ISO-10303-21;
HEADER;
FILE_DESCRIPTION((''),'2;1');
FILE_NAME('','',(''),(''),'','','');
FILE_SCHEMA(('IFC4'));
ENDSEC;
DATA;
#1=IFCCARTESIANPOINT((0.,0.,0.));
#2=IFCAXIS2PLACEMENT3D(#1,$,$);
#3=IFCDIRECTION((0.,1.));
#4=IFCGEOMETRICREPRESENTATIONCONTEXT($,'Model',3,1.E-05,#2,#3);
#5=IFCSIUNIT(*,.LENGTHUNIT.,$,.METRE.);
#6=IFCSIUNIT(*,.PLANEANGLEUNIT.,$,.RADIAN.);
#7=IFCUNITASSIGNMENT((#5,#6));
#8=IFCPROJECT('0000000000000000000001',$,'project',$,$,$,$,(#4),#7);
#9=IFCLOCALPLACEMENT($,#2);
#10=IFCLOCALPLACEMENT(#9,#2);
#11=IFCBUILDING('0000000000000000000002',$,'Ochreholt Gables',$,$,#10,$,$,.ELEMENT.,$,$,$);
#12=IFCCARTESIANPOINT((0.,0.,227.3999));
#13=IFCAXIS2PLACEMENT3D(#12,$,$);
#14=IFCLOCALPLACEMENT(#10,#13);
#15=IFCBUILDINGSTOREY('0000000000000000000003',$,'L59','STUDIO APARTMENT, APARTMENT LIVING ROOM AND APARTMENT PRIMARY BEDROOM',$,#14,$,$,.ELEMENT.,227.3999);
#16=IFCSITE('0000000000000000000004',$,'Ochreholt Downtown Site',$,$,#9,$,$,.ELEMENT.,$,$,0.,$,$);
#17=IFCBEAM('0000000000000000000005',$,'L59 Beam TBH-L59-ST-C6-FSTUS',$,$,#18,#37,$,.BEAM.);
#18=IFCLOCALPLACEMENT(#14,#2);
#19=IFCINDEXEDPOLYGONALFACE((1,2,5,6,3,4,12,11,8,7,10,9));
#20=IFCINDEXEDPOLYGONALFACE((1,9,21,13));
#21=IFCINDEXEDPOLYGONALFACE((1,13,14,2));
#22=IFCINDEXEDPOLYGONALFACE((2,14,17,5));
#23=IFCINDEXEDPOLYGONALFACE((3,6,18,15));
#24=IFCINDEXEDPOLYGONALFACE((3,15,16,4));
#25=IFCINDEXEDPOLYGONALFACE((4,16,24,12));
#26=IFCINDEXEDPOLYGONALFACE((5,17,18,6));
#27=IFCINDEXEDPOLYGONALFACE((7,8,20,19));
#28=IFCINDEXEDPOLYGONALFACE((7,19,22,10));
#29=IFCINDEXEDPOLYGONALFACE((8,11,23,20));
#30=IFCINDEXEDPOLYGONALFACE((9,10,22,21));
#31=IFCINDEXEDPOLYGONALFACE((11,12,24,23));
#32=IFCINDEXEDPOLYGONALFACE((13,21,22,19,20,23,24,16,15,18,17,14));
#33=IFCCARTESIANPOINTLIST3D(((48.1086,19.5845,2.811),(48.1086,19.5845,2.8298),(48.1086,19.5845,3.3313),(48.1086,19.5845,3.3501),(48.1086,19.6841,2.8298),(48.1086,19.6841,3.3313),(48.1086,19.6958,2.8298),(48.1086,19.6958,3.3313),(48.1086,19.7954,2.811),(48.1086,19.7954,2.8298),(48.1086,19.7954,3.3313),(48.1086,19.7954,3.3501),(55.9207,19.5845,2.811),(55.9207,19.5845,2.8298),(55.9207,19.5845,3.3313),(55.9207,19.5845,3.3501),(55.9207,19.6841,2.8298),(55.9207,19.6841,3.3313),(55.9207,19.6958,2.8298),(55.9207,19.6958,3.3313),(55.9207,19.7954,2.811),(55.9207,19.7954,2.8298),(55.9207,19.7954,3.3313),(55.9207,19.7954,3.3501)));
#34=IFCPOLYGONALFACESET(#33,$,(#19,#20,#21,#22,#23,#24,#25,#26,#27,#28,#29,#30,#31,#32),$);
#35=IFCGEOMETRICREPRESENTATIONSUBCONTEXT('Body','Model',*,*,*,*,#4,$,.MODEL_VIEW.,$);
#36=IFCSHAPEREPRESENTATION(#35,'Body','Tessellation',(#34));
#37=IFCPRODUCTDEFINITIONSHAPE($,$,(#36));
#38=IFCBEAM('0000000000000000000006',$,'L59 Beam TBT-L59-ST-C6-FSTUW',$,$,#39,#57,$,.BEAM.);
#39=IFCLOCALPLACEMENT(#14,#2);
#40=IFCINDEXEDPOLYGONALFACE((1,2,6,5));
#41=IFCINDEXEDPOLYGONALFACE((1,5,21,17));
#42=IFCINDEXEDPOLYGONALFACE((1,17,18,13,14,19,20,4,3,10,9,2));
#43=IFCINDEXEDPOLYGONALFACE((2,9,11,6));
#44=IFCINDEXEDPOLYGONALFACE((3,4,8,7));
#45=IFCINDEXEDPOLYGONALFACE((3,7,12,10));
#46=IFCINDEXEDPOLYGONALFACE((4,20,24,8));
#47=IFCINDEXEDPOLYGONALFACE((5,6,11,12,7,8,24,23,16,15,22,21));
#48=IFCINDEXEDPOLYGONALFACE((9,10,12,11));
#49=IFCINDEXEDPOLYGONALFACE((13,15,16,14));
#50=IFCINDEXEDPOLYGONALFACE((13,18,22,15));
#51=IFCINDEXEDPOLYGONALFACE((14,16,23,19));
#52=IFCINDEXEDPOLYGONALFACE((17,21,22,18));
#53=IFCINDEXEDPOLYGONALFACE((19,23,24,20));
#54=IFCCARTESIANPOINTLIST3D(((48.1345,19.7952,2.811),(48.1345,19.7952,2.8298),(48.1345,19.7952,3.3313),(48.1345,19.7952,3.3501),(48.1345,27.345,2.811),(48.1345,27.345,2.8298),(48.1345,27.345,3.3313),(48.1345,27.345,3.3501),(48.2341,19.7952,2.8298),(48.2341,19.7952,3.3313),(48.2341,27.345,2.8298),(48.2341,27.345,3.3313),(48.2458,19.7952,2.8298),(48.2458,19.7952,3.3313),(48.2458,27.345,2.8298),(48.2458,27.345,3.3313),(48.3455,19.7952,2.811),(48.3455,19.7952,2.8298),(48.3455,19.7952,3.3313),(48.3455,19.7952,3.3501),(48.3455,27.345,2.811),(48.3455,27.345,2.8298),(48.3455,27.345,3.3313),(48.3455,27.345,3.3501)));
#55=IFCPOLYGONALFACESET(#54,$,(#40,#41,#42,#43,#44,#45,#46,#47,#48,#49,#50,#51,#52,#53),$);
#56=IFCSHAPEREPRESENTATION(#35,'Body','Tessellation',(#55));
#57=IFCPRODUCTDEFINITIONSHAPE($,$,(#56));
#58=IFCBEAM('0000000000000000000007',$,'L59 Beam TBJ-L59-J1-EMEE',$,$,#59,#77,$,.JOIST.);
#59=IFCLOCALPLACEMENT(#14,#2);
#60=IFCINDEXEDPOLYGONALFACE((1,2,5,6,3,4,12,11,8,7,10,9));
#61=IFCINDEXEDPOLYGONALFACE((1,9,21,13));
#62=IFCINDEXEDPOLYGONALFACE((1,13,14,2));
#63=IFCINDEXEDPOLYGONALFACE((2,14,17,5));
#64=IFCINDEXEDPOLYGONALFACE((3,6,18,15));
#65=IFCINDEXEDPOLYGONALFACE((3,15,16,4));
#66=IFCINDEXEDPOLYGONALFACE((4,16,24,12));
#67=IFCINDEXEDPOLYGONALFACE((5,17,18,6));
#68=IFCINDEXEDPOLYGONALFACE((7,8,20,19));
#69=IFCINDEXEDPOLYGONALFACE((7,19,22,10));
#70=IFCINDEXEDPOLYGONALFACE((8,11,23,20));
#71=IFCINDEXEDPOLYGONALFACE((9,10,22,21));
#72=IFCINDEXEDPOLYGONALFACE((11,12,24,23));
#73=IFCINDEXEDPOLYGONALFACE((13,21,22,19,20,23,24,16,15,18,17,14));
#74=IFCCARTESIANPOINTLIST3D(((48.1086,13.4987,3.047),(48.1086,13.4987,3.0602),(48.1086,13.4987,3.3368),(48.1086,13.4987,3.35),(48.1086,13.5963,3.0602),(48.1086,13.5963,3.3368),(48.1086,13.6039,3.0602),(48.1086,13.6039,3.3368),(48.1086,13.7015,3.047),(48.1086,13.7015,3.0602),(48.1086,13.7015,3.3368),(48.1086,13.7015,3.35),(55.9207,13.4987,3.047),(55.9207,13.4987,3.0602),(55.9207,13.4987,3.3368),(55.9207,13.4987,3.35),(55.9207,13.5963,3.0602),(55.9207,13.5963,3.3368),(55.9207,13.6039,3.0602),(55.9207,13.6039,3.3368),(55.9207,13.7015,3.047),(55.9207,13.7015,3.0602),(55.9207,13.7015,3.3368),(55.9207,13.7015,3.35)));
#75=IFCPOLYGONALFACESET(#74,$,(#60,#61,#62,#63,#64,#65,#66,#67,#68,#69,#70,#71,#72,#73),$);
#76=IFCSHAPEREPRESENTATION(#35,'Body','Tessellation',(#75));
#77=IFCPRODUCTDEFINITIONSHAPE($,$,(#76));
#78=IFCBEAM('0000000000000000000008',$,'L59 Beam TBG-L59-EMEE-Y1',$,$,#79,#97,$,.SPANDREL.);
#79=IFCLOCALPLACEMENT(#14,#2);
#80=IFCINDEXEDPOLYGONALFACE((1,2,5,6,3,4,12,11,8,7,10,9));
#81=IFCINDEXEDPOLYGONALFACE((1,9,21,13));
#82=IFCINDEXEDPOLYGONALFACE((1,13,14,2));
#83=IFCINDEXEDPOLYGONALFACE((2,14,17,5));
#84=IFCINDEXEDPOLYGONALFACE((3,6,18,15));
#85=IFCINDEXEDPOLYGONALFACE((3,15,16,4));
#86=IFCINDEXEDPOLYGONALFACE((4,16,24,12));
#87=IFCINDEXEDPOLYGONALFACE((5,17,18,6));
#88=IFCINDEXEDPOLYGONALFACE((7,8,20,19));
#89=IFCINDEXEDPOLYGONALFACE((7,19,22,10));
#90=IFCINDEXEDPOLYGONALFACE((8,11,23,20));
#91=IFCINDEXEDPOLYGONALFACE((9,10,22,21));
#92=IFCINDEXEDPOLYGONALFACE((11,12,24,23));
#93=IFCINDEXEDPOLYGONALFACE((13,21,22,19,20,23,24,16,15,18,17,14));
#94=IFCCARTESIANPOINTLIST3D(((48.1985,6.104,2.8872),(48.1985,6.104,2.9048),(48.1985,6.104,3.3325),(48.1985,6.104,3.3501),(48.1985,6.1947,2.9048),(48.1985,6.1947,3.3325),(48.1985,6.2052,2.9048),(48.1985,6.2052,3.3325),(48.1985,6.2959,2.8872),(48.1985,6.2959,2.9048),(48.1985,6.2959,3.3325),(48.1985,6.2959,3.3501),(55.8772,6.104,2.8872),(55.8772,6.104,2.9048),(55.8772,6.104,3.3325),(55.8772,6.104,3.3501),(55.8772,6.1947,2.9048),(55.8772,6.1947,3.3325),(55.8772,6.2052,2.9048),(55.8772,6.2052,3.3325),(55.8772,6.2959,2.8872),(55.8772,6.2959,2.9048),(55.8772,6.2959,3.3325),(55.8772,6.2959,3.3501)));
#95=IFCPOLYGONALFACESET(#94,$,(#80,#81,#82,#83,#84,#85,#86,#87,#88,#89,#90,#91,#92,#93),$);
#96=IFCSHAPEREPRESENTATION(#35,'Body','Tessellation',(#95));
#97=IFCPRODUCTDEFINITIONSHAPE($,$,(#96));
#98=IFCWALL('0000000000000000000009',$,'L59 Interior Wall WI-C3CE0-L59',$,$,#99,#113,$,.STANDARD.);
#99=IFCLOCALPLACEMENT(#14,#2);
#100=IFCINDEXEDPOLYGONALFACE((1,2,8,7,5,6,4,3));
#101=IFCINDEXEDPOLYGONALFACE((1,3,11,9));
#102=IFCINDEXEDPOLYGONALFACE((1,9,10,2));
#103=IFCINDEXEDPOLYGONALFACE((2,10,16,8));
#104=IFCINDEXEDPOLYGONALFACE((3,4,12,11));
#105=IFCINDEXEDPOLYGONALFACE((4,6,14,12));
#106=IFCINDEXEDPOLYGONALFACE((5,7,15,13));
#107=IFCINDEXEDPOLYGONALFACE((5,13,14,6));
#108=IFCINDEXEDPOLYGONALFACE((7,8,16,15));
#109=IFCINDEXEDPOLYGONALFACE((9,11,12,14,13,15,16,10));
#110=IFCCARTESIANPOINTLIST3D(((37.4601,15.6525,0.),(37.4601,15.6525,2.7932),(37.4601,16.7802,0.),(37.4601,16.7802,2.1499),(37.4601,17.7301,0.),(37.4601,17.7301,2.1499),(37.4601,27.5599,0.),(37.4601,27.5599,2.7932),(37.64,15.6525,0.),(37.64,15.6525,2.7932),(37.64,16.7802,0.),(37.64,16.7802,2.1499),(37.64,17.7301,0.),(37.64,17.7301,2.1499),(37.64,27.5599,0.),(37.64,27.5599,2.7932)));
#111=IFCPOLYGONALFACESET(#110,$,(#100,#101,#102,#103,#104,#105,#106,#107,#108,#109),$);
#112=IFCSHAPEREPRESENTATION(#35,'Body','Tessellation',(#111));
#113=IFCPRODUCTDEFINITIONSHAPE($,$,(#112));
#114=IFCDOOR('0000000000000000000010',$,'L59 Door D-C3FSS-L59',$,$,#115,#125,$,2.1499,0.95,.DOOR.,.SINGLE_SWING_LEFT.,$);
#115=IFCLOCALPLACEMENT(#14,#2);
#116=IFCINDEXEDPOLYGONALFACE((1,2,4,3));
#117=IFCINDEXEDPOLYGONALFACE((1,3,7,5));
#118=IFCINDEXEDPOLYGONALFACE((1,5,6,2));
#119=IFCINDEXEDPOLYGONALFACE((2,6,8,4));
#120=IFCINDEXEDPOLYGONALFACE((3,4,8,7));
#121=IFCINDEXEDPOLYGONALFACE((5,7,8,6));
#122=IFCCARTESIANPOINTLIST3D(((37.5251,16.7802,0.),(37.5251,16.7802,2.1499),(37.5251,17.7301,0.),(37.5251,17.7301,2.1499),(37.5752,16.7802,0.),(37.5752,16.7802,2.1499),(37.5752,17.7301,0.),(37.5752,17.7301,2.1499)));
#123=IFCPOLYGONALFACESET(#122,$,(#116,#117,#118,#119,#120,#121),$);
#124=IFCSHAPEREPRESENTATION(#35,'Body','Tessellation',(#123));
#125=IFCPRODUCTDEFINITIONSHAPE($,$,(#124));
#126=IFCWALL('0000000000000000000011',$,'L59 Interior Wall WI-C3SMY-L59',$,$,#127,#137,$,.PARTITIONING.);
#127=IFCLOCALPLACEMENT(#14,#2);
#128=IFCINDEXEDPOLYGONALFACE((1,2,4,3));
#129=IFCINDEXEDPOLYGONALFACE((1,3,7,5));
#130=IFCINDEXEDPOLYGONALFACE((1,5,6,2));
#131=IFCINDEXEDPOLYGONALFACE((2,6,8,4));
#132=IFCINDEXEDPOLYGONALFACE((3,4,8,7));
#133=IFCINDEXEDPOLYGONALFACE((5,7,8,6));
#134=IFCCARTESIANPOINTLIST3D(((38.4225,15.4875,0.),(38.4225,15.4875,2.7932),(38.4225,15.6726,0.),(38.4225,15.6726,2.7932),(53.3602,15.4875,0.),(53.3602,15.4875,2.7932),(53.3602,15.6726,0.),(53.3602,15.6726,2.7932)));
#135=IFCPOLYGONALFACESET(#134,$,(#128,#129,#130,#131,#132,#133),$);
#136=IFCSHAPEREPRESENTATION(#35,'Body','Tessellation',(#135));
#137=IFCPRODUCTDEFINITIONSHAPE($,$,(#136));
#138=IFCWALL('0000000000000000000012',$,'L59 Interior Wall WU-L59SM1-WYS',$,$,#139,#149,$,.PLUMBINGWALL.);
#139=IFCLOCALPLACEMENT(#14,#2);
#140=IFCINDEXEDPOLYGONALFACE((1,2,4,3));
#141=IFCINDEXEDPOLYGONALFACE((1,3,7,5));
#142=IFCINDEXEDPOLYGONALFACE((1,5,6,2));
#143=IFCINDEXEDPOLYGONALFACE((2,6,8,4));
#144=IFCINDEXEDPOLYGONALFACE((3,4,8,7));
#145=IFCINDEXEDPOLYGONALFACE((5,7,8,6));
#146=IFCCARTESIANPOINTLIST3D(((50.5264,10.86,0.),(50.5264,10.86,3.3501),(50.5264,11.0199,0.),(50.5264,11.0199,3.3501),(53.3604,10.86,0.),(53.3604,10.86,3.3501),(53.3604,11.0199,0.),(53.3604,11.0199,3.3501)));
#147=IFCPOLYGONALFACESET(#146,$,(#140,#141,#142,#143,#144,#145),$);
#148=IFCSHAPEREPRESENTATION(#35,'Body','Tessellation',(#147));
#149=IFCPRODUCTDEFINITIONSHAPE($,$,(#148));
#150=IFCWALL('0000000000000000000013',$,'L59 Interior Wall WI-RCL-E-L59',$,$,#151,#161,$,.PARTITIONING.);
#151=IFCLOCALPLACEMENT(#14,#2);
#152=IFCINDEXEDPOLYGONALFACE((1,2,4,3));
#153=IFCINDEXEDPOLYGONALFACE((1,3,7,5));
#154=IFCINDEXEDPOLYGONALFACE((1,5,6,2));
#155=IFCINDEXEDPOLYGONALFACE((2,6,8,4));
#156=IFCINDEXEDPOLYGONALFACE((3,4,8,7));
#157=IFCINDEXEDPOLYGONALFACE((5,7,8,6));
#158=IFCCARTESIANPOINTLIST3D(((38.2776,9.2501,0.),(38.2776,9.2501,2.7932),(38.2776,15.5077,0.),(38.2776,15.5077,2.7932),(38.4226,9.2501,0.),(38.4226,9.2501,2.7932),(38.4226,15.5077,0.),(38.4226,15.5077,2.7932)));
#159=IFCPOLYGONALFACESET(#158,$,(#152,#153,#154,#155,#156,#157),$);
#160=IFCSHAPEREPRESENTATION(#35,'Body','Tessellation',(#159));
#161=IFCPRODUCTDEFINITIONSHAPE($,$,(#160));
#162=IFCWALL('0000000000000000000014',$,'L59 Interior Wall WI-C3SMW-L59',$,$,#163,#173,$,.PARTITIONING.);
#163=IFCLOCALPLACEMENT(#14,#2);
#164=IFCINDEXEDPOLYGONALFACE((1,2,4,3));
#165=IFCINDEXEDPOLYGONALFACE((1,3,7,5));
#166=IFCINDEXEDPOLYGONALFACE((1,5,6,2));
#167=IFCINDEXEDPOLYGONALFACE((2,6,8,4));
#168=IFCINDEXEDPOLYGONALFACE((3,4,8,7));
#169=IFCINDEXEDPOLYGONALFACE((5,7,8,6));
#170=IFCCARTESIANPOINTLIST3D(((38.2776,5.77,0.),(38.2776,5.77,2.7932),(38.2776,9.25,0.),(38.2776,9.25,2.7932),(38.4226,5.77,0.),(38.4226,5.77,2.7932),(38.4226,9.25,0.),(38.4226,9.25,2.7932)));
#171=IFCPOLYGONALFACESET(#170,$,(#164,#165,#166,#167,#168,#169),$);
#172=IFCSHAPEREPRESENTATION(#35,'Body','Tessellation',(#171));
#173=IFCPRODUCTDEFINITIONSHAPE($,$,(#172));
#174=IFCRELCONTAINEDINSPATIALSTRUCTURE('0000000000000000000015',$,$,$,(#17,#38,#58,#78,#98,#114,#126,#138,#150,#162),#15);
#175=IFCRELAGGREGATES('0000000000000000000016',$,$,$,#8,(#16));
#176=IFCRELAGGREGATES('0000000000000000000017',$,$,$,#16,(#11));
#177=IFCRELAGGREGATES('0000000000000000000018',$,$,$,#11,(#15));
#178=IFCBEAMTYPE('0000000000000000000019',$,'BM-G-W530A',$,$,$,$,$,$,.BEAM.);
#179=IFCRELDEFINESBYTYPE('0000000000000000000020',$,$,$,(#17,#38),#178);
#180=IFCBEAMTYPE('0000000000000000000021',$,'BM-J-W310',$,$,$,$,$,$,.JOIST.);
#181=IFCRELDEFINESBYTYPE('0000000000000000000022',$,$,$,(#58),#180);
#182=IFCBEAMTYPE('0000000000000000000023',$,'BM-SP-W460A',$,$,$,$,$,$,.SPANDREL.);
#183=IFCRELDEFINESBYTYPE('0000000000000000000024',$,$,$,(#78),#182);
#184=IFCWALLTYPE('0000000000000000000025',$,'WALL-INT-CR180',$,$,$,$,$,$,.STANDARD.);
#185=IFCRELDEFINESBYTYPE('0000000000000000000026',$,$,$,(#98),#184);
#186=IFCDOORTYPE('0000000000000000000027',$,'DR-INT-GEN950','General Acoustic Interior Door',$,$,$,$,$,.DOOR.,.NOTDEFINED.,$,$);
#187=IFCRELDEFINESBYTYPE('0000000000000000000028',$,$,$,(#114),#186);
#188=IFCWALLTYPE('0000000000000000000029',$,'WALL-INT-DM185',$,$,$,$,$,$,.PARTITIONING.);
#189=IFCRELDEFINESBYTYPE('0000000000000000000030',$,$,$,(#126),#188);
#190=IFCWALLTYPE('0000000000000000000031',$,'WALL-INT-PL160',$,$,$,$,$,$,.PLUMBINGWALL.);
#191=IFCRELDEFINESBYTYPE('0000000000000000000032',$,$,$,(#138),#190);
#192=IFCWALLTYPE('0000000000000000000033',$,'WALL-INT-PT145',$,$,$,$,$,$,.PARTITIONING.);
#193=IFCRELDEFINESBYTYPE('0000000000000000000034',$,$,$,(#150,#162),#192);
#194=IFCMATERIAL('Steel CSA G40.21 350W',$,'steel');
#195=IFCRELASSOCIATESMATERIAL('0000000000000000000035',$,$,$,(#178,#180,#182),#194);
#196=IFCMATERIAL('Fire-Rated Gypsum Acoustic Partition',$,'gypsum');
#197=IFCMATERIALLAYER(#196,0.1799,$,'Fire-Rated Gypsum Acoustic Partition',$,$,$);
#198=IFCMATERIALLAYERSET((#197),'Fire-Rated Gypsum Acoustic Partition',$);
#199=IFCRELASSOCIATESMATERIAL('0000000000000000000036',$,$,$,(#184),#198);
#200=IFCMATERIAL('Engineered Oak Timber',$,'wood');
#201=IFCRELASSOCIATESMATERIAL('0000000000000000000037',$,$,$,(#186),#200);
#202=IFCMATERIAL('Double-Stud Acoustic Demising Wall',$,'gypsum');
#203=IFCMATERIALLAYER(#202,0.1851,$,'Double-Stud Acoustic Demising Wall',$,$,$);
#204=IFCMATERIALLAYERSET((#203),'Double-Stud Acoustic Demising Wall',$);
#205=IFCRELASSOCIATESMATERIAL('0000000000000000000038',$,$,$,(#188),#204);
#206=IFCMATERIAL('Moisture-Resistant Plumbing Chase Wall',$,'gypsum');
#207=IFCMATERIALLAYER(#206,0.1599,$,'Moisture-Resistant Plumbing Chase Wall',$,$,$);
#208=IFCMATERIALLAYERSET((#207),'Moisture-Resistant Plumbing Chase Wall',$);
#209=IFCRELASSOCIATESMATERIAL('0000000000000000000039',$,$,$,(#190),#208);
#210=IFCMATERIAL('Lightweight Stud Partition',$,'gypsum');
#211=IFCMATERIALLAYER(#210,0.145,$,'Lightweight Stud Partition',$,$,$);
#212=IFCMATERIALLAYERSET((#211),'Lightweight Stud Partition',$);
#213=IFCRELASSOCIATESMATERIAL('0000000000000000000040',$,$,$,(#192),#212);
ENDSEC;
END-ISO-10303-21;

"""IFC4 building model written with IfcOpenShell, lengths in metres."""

from ifc_helpers import new_model, si_unit, direction, frame, frame_2d, origin, origin_2d, place, context, subcontext, project, spatial, rectangle, i_section, extrude, material, layer, layer_set, material_profile, profile_set, type_object, element, fill, save


model = new_model("IFC4")

# Units and contexts
model_context = context("Model", 3, precision=1e-05, world=origin(), true_north=direction((0.0, 1.0)))
body_context = subcontext(model_context, "Body", "Model", "MODEL_VIEW")
ifc_project = project(units=[si_unit("LENGTHUNIT", "METRE"), si_unit("PLANEANGLEUNIT", "RADIAN")], contexts=[model_context])

# Site, building, storey
site_placement = place(None, origin())
site = spatial("IfcSite", under=ifc_project, at=site_placement, Name="Ochreholt Downtown Site", CompositionType="ELEMENT", RefElevation=0.0)
building_placement = place(site_placement, origin())
building = spatial("IfcBuilding", under=site, at=building_placement, Name="Ochreholt Gables", CompositionType="ELEMENT")
storey_placement = place(building_placement, frame((0.0, 0.0, 227.3999)))
storey = spatial("IfcBuildingStorey", under=building, at=storey_placement, Name="L59", Description="STUDIO APARTMENT, APARTMENT LIVING ROOM AND APARTMENT PRIMARY BEDROOM", CompositionType="ELEMENT", Elevation=227.3999)

# Shared definitions
ifc_material_1 = material(Name="Steel CSA G40.21 350W", Category="steel")

# Beams
ifc_material_profile_1 = material_profile(ifc_material_1, i_section(OverallWidth=0.2109, OverallDepth=0.5391, WebThickness=0.0117, FlangeThickness=0.0188, at=origin_2d()), Name="W530X109")
ifc_profile_set_1 = profile_set([ifc_material_profile_1], Name="Steel CSA G40.21 350W")
beam_type_1 = type_object("IfcBeamType", Name="BM-G-W530A", PredefinedType="BEAM", material=ifc_profile_set_1)
beam_1_placement = place(storey_placement, frame((48.1086, 19.6899, 3.0806), z_axis=(1.0, 0.0, 0.0), x_axis=(0.0, 1.0, 0.0)))
element("IfcBeam", 1, at=beam_1_placement, inside=storey, type_object=beam_type_1, Name="L59 Beam TBH-L59-ST-C6-FSTUS", PredefinedType="BEAM", context=body_context, shape_type="SweptSolid", body=[
    extrude(i_section(OverallWidth=0.2109, OverallDepth=0.5391, WebThickness=0.0117, FlangeThickness=0.0188, at=origin_2d()), origin(), (0.0, 0.0, 1.0), 7.812),
])
beam_2_placement = place(storey_placement, frame((48.24, 19.7952, 3.0806), z_axis=(0.0, 1.0, 0.0), x_axis=(-1.0, 0.0, 0.0)))
element("IfcBeam", 2, at=beam_2_placement, inside=storey, type_object=beam_type_1, Name="L59 Beam TBT-L59-ST-C6-FSTUW", PredefinedType="BEAM", context=body_context, shape_type="SweptSolid", body=[
    extrude(i_section(OverallWidth=0.2109, OverallDepth=0.5391, WebThickness=0.0117, FlangeThickness=0.0188, at=origin_2d()), origin(), (0.0, 0.0, 1.0), 7.5498),
])
ifc_material_profile_2 = material_profile(ifc_material_1, i_section(OverallWidth=0.2029, OverallDepth=0.303, WebThickness=0.0076, FlangeThickness=0.0132, at=origin_2d()), Name="W310X60")
ifc_profile_set_2 = profile_set([ifc_material_profile_2], Name="Steel CSA G40.21 350W")
beam_type_2 = type_object("IfcBeamType", Name="BM-J-W310", PredefinedType="JOIST", material=ifc_profile_set_2)
beam_3_placement = place(storey_placement, frame((48.1086, 13.6001, 3.1985), z_axis=(1.0, 0.0, 0.0), x_axis=(0.0, 1.0, 0.0)))
element("IfcBeam", 3, at=beam_3_placement, inside=storey, type_object=beam_type_2, Name="L59 Beam TBJ-L59-J1-EMEE", PredefinedType="JOIST", context=body_context, shape_type="SweptSolid", body=[
    extrude(i_section(OverallWidth=0.2029, OverallDepth=0.303, WebThickness=0.0076, FlangeThickness=0.0132, at=origin_2d()), origin(), (0.0, 0.0, 1.0), 7.812),
])
ifc_material_profile_3 = material_profile(ifc_material_1, i_section(OverallWidth=0.1919, OverallDepth=0.4629, WebThickness=0.0105, FlangeThickness=0.0176, at=origin_2d()), Name="W460X89")
ifc_profile_set_3 = profile_set([ifc_material_profile_3], Name="Steel CSA G40.21 350W")
beam_type_3 = type_object("IfcBeamType", Name="BM-SP-W460A", PredefinedType="SPANDREL", material=ifc_profile_set_3)
beam_4_placement = place(storey_placement, frame((48.1985, 6.2, 3.1187), z_axis=(1.0, 0.0, 0.0), x_axis=(0.0, 1.0, 0.0)))
element("IfcBeam", 4, at=beam_4_placement, inside=storey, type_object=beam_type_3, Name="L59 Beam TBG-L59-EMEE-Y1", PredefinedType="SPANDREL", context=body_context, shape_type="SweptSolid", body=[
    extrude(i_section(OverallWidth=0.1919, OverallDepth=0.4629, WebThickness=0.0105, FlangeThickness=0.0176, at=origin_2d()), origin(), (0.0, 0.0, 1.0), 7.6787),
])

# Wall, opening, door
ifc_material_2 = material(Name="Fire-Rated Gypsum Acoustic Partition", Category="gypsum")
ifc_layer_1 = layer(ifc_material_2, 0.1799, Name="Fire-Rated Gypsum Acoustic Partition")
ifc_layer_set_1 = layer_set([ifc_layer_1], Name="Fire-Rated Gypsum Acoustic Partition")
wall_type_1 = type_object("IfcWallType", Name="WALL-INT-CR180", PredefinedType="STANDARD", material=ifc_layer_set_1)
wall_1_placement = place(storey_placement, frame((37.55, 15.6526, 0.0), z_axis=(0.0, 0.0, 1.0), x_axis=(0.0, 1.0, 0.0)))
wall_1 = element("IfcWall", 5, at=wall_1_placement, inside=storey, type_object=wall_type_1, Name="L59 Interior Wall WI-C3CE0-L59", PredefinedType="STANDARD", context=body_context, shape_type="SweptSolid", body=[
    extrude(rectangle(XDim=11.9075, YDim=0.1799, at=frame_2d((5.9536, 0.0))), origin(), (0.0, 0.0, 1.0), 2.7932),
])
opening_1_placement = place(wall_1_placement, frame((1.1274, 0.0, 0.0)))
opening_1 = element("IfcOpeningElement", 6, at=opening_1_placement, cuts=wall_1, PredefinedType="OPENING", context=body_context, shape_type="SweptSolid", body=[
    extrude(rectangle(XDim=0.95, YDim=2.1499, at=frame_2d((0.4751, 1.075))), frame((0.0, 0.0999, 0.0), z_axis=(0.0, -1.0, 0.0), x_axis=(1.0, 0.0, 0.0)), (0.0, 0.0, 1.0), 0.2),
])
ifc_material_3 = material(Name="Engineered Oak Timber", Category="wood")
door_type_1 = type_object("IfcDoorType", Name="DR-INT-GEN950", Description="General Acoustic Interior Door", OperationType="NOTDEFINED", PredefinedType="DOOR", material=ifc_material_3)
door_1_placement = place(opening_1_placement, origin())
door_1 = element("IfcDoor", 7, at=door_1_placement, inside=storey, type_object=door_type_1, Name="L59 Door D-C3FSS-L59", OperationType="SINGLE_SWING_LEFT", OverallHeight=2.1499, OverallWidth=0.95, PredefinedType="DOOR", context=body_context, shape_type="SweptSolid", body=[
    extrude(rectangle(XDim=0.95, YDim=2.1499, at=frame_2d((0.4751, 1.075))), frame((0.0, 0.0249, 0.0), z_axis=(0.0, -1.0, 0.0), x_axis=(1.0, 0.0, 0.0)), (0.0, 0.0, 1.0), 0.05),
])
fill(opening_1, door_1)

# Walls
ifc_material_4 = material(Name="Double-Stud Acoustic Demising Wall", Category="gypsum")
ifc_layer_2 = layer(ifc_material_4, 0.1851, Name="Double-Stud Acoustic Demising Wall")
ifc_layer_set_2 = layer_set([ifc_layer_2], Name="Double-Stud Acoustic Demising Wall")
wall_type_2 = type_object("IfcWallType", Name="WALL-INT-DM185", PredefinedType="PARTITIONING", material=ifc_layer_set_2)
wall_2_placement = place(storey_placement, frame((38.4226, 15.5801, 0.0), z_axis=(0.0, 0.0, 1.0), x_axis=(1.0, 0.0, 0.0)))
element("IfcWall", 8, at=wall_2_placement, inside=storey, type_object=wall_type_2, Name="L59 Interior Wall WI-C3SMY-L59", PredefinedType="PARTITIONING", context=body_context, shape_type="SweptSolid", body=[
    extrude(rectangle(XDim=14.9377, YDim=0.1851, at=frame_2d((7.4688, 0.0))), origin(), (0.0, 0.0, 1.0), 2.7932),
])
ifc_material_5 = material(Name="Moisture-Resistant Plumbing Chase Wall", Category="gypsum")
ifc_layer_3 = layer(ifc_material_5, 0.1599, Name="Moisture-Resistant Plumbing Chase Wall")
ifc_layer_set_3 = layer_set([ifc_layer_3], Name="Moisture-Resistant Plumbing Chase Wall")
wall_type_3 = type_object("IfcWallType", Name="WALL-INT-PL160", PredefinedType="PLUMBINGWALL", material=ifc_layer_set_3)
wall_3_placement = place(storey_placement, frame((50.5264, 10.9399, 0.0), z_axis=(0.0, 0.0, 1.0), x_axis=(1.0, 0.0, 0.0)))
element("IfcWall", 9, at=wall_3_placement, inside=storey, type_object=wall_type_3, Name="L59 Interior Wall WU-L59SM1-WYS", PredefinedType="PLUMBINGWALL", context=body_context, shape_type="SweptSolid", body=[
    extrude(rectangle(XDim=2.834, YDim=0.1599, at=frame_2d((1.417, 0.0))), origin(), (0.0, 0.0, 1.0), 3.3501),
])
ifc_material_6 = material(Name="Lightweight Stud Partition", Category="gypsum")
ifc_layer_4 = layer(ifc_material_6, 0.145, Name="Lightweight Stud Partition")
ifc_layer_set_4 = layer_set([ifc_layer_4], Name="Lightweight Stud Partition")
wall_type_4 = type_object("IfcWallType", Name="WALL-INT-PT145", PredefinedType="PARTITIONING", material=ifc_layer_set_4)
wall_4_placement = place(storey_placement, frame((38.3501, 9.25, 0.0), z_axis=(0.0, 0.0, 1.0), x_axis=(0.0, 1.0, 0.0)))
element("IfcWall", 10, at=wall_4_placement, inside=storey, type_object=wall_type_4, Name="L59 Interior Wall WI-RCL-E-L59", PredefinedType="PARTITIONING", context=body_context, shape_type="SweptSolid", body=[
    extrude(rectangle(XDim=6.2576, YDim=0.145, at=frame_2d((3.1289, 0.0))), origin(), (0.0, 0.0, 1.0), 2.7932),
])
wall_5_placement = place(storey_placement, frame((38.3501, 5.77, 0.0), z_axis=(0.0, 0.0, 1.0), x_axis=(0.0, 1.0, 0.0)))
element("IfcWall", 11, at=wall_5_placement, inside=storey, type_object=wall_type_4, Name="L59 Interior Wall WI-C3SMW-L59", PredefinedType="PARTITIONING", context=body_context, shape_type="SweptSolid", body=[
    extrude(rectangle(XDim=3.48, YDim=0.145, at=frame_2d((1.74, 0.0))), origin(), (0.0, 0.0, 1.0), 2.7932),
])

save(model, "model.ifc")
